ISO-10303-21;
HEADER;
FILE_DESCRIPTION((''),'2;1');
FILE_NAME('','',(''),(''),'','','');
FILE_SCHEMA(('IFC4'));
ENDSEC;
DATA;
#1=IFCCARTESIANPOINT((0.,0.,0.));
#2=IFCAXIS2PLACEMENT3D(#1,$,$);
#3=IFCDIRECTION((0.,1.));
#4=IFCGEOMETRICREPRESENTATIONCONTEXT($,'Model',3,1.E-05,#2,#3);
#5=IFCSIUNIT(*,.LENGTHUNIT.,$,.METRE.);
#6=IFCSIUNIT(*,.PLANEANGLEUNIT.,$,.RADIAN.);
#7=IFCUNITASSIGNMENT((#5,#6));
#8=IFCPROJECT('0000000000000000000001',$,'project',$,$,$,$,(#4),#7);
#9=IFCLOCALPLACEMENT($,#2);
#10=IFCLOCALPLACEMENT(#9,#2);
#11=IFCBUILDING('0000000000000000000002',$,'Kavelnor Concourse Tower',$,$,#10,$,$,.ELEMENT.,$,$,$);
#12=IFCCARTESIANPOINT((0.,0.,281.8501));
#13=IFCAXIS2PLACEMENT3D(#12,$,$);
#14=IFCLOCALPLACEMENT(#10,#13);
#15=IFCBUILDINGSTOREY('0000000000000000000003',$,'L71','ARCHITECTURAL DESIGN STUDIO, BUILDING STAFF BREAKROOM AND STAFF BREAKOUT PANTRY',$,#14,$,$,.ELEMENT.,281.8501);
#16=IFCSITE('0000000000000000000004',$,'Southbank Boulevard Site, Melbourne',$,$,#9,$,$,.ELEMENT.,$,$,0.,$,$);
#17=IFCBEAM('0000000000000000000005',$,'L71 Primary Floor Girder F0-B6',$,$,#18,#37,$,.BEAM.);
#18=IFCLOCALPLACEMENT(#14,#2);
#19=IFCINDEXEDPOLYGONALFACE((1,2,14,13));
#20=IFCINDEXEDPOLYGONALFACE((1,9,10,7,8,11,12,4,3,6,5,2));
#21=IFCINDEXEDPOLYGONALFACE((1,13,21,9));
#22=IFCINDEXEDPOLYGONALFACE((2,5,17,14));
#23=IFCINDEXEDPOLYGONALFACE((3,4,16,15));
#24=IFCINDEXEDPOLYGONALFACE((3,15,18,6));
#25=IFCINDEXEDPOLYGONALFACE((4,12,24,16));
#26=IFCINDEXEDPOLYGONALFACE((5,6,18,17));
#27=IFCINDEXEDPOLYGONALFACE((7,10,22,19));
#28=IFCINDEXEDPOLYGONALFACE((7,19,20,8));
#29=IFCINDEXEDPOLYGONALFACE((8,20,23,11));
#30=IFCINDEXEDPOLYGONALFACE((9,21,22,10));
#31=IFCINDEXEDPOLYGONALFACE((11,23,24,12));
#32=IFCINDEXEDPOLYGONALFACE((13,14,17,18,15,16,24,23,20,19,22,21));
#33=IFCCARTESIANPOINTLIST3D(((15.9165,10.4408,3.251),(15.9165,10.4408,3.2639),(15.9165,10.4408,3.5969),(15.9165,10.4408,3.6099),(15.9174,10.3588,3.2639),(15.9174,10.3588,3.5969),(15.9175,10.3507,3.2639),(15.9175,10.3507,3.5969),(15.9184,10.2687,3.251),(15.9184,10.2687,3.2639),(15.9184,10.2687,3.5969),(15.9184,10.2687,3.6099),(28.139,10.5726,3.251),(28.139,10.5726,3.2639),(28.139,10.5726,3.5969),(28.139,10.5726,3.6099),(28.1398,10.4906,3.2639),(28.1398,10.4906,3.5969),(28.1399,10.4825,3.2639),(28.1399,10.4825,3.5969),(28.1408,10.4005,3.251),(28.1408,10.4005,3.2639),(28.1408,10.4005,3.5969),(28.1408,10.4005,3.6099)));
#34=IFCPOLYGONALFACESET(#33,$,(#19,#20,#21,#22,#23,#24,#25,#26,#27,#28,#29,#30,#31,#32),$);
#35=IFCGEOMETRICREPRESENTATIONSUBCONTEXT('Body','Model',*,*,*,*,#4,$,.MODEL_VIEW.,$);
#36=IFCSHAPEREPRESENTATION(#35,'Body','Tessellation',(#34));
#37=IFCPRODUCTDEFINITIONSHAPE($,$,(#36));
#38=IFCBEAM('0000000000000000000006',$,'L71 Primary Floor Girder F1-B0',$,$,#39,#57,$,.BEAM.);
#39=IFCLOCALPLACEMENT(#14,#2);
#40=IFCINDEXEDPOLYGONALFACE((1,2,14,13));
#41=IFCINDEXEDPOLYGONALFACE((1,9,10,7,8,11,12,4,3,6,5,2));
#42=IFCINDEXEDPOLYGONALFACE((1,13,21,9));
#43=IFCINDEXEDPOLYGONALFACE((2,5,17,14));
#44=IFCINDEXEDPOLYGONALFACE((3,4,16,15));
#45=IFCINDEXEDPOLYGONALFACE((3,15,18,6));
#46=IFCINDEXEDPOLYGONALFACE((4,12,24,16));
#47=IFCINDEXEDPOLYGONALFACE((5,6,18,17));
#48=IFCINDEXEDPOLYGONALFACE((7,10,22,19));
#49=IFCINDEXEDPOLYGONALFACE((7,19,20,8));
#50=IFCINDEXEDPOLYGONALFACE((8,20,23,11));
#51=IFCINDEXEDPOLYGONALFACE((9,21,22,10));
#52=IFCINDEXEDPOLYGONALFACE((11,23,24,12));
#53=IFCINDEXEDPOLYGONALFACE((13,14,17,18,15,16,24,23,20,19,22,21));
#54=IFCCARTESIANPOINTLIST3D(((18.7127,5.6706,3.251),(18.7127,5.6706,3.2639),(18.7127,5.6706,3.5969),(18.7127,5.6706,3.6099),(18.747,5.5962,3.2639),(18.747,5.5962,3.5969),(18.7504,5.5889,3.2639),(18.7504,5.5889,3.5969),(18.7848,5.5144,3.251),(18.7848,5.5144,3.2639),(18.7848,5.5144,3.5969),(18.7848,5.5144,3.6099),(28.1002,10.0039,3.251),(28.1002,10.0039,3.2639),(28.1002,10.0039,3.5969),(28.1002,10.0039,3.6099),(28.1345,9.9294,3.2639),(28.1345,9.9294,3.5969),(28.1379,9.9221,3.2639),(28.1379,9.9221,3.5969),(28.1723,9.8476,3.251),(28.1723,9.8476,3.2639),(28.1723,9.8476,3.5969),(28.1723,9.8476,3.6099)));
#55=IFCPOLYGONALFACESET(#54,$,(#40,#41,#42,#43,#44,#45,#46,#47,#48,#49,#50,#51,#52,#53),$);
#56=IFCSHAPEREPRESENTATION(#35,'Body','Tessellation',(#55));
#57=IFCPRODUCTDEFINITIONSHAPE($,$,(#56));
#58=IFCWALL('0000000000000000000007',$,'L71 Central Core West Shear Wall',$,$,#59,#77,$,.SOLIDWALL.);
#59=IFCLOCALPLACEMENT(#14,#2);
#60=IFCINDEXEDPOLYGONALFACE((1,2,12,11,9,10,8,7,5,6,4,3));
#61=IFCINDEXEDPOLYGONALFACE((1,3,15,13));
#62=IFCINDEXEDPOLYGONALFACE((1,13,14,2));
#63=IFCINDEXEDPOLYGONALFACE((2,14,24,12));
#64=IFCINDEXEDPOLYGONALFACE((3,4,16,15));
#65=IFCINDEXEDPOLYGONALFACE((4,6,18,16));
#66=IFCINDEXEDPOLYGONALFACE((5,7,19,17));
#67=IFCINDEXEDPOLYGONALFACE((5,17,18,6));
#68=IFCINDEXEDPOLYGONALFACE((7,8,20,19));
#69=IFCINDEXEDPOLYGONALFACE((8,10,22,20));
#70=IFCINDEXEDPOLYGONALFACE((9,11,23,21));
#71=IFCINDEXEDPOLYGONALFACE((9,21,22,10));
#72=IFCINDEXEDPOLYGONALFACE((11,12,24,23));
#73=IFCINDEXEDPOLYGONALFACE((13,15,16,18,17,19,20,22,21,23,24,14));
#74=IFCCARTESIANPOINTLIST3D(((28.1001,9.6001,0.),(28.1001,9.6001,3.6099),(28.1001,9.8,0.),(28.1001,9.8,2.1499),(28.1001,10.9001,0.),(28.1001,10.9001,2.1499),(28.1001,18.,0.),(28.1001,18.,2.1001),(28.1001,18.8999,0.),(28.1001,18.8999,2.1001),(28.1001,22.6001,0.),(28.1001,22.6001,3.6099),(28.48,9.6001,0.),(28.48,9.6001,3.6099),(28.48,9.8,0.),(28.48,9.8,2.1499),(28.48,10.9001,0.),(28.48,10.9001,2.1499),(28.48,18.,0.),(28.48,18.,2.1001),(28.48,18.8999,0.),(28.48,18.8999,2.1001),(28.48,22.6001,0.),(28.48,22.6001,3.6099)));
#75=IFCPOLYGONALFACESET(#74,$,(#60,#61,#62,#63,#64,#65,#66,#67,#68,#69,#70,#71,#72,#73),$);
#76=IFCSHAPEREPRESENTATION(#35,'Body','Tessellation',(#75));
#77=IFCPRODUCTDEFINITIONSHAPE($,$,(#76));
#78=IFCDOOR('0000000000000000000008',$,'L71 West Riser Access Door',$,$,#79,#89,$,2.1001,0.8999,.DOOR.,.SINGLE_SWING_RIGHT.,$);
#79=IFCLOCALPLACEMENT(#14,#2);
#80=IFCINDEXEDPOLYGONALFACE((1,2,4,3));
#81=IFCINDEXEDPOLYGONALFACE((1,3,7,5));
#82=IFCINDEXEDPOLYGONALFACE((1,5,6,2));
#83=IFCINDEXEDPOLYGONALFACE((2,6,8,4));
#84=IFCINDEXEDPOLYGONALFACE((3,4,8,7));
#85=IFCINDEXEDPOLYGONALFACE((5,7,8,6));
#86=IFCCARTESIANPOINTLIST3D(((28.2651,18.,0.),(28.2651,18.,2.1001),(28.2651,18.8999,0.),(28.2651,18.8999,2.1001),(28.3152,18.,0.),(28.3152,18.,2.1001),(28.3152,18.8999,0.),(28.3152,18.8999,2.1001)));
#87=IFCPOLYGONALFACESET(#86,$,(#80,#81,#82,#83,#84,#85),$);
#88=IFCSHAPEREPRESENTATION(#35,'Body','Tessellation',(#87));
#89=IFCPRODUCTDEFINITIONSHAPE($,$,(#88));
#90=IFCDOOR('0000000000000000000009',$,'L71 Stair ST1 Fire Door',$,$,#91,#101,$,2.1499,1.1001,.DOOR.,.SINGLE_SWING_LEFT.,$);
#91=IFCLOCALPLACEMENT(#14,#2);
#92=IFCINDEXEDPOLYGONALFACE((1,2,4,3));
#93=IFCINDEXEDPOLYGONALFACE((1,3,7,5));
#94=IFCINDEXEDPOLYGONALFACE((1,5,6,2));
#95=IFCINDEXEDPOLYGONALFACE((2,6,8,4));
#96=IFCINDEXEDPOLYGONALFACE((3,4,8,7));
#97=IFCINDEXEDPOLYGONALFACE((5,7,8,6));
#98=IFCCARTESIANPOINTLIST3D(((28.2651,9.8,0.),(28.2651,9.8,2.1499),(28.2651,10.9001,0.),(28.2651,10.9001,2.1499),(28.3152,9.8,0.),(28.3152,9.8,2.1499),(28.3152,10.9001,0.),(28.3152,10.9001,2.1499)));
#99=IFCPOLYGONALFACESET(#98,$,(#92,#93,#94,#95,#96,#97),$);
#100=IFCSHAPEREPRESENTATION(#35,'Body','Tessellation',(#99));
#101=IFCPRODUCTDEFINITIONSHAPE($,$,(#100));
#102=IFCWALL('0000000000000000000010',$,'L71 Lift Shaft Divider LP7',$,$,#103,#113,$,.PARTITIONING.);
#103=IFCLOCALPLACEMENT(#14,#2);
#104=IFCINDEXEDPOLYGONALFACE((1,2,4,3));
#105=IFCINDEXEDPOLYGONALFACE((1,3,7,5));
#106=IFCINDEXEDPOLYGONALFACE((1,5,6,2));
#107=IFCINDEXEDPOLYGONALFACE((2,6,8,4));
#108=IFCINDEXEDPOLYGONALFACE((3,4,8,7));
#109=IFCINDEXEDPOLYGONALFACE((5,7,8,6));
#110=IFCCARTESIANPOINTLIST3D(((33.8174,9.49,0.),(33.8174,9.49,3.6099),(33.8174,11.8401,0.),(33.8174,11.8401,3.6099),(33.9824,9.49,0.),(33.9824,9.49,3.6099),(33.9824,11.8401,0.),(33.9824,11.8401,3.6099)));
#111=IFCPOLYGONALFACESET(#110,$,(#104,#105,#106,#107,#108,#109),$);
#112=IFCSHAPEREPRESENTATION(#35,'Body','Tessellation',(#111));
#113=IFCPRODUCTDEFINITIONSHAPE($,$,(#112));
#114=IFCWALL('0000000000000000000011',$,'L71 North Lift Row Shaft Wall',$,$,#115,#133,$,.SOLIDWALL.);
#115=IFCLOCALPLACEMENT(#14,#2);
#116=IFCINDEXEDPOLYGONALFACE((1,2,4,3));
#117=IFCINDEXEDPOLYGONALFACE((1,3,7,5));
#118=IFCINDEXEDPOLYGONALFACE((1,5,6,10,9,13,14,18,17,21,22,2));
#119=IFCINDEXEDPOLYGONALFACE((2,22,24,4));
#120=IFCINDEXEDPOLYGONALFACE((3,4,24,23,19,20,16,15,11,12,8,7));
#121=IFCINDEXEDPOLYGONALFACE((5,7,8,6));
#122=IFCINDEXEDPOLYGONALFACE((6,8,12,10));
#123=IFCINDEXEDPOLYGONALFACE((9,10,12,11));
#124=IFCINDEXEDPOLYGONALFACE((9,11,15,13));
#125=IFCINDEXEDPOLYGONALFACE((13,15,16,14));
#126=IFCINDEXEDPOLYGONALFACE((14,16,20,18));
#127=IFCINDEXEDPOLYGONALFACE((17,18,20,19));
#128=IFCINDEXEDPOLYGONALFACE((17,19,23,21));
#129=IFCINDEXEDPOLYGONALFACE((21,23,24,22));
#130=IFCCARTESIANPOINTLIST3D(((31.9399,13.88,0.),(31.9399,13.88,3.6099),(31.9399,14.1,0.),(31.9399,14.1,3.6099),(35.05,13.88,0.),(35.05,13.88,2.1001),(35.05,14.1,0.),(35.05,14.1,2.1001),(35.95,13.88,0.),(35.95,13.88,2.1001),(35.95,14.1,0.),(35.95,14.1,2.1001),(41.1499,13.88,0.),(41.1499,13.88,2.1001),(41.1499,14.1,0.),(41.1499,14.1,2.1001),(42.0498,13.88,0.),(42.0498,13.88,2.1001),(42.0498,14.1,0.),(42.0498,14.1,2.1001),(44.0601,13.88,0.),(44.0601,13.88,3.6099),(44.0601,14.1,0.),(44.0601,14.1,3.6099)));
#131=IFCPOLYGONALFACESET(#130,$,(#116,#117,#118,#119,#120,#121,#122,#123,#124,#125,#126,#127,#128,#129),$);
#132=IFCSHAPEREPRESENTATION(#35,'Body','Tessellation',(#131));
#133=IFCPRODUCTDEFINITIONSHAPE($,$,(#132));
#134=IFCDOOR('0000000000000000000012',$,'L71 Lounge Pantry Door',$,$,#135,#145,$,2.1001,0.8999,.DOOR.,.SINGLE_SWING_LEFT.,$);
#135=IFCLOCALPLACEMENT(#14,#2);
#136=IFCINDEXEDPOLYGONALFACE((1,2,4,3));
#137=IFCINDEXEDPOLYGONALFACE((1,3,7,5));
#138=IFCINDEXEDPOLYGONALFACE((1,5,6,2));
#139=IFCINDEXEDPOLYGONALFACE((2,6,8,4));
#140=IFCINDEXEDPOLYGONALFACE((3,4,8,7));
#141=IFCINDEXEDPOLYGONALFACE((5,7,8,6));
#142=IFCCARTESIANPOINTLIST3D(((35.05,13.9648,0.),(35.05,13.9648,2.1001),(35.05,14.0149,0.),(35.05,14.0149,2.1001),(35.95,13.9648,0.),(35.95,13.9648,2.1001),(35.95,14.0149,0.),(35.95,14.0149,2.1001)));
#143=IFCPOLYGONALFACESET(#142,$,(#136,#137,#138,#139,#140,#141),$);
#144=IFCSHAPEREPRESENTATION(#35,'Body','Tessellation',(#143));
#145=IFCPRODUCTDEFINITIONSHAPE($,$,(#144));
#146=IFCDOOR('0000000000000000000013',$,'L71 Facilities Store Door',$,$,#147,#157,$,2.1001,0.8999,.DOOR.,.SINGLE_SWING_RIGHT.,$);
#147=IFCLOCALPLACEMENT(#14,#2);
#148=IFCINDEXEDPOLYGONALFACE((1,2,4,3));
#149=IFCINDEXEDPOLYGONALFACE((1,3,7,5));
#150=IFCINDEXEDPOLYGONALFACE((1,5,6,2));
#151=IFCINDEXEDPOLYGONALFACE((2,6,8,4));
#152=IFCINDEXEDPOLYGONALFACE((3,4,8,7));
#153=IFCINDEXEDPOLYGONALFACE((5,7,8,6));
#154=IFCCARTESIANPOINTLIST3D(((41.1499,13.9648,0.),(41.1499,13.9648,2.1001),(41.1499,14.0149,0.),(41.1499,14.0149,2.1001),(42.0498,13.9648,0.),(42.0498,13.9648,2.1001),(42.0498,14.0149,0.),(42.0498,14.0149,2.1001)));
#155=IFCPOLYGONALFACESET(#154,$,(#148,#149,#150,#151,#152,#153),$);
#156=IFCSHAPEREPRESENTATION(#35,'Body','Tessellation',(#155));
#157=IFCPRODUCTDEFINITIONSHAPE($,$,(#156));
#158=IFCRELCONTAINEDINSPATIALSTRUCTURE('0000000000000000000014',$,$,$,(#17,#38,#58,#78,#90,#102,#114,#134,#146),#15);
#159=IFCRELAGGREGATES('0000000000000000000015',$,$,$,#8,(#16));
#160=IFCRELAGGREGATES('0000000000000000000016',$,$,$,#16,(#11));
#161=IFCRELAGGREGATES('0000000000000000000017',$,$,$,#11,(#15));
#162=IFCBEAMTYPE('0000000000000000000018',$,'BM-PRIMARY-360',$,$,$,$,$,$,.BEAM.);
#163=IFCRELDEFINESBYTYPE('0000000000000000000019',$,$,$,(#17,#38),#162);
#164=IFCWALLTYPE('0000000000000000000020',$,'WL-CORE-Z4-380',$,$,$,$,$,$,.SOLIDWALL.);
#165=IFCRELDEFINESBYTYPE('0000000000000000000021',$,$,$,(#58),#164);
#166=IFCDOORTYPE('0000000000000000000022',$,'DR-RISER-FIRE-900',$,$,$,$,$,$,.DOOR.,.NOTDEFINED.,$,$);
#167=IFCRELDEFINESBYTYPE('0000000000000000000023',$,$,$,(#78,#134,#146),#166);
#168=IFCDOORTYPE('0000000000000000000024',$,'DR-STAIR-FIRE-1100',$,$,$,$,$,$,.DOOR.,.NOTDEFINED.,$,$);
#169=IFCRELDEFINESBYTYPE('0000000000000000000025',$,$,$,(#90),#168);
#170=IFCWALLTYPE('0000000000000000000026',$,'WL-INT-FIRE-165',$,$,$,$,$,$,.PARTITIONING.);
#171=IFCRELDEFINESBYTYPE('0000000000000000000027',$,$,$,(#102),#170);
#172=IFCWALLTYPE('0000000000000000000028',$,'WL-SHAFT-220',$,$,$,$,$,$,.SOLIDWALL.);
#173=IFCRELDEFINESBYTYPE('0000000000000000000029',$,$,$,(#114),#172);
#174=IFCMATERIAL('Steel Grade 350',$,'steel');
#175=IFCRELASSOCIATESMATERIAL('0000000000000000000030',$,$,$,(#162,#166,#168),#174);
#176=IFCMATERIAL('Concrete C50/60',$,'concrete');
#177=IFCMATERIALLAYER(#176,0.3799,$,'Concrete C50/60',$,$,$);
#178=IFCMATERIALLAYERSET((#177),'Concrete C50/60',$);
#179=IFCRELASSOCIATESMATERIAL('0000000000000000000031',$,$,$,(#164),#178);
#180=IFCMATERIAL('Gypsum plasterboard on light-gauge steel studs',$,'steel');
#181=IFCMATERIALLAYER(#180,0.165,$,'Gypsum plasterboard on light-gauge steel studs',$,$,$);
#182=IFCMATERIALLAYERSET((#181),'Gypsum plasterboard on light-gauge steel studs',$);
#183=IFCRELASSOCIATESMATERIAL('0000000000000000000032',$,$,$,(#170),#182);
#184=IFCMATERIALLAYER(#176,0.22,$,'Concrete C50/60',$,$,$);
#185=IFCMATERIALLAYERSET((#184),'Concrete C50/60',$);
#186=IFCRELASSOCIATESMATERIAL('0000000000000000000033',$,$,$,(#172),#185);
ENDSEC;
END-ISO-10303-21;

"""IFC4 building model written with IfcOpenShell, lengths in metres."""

from ifc_helpers import new_model, si_unit, direction, frame, frame_2d, origin, origin_2d, place, context, subcontext, project, spatial, rectangle, i_section, extrude, material, layer, layer_set, material_profile, profile_set, type_object, element, fill, save


model = new_model("IFC4")

# Units and contexts
model_context = context("Model", 3, precision=1e-05, world=origin(), true_north=direction((0.0, 1.0)))
body_context = subcontext(model_context, "Body", "Model", "MODEL_VIEW")
ifc_project = project(units=[si_unit("LENGTHUNIT", "METRE"), si_unit("PLANEANGLEUNIT", "RADIAN")], contexts=[model_context])

# Site, building, storey
site_placement = place(None, origin())
site = spatial("IfcSite", under=ifc_project, at=site_placement, Name="Southbank Boulevard Site, Melbourne", CompositionType="ELEMENT", RefElevation=0.0)
building_placement = place(site_placement, origin())
building = spatial("IfcBuilding", under=site, at=building_placement, Name="Kavelnor Concourse Tower", CompositionType="ELEMENT")
storey_placement = place(building_placement, frame((0.0, 0.0, 281.8501)))
storey = spatial("IfcBuildingStorey", under=building, at=storey_placement, Name="L71", Description="ARCHITECTURAL DESIGN STUDIO, BUILDING STAFF BREAKROOM AND STAFF BREAKOUT PANTRY", CompositionType="ELEMENT", Elevation=281.8501)

# Beams
ifc_material_1 = material(Name="Steel Grade 350", Category="steel")
ifc_material_profile = material_profile(ifc_material_1, i_section(OverallWidth=0.1721, OverallDepth=0.3589, WebThickness=0.0081, FlangeThickness=0.0129, at=origin_2d()), Name="360UB56")
ifc_profile_set = profile_set([ifc_material_profile], Name="Steel Grade 350")
beam_type = type_object("IfcBeamType", Name="BM-PRIMARY-360", PredefinedType="BEAM", material=ifc_profile_set)
beam_1_placement = place(storey_placement, frame((28.1399, 10.4866, 3.4304), z_axis=(-0.999942, -0.010786, 0.0), x_axis=(0.010786, -0.999942, 0.0)))
element("IfcBeam", 1, at=beam_1_placement, inside=storey, type_object=beam_type, Name="L71 Primary Floor Girder F0-B6", PredefinedType="BEAM", context=body_context, shape_type="SweptSolid", body=[
    extrude(i_section(OverallWidth=0.1721, OverallDepth=0.3589, WebThickness=0.0081, FlangeThickness=0.0129, at=origin_2d()), origin(), (0.0, 0.0, 1.0), 12.2231),
])
beam_2_placement = place(storey_placement, frame((28.1362, 9.9258, 3.4304), z_axis=(-0.907938, -0.419105, 0.0), x_axis=(0.419105, -0.907938, 0.0)))
element("IfcBeam", 2, at=beam_2_placement, inside=storey, type_object=beam_type, Name="L71 Primary Floor Girder F1-B0", PredefinedType="BEAM", context=body_context, shape_type="SweptSolid", body=[
    extrude(i_section(OverallWidth=0.1721, OverallDepth=0.3589, WebThickness=0.0081, FlangeThickness=0.0129, at=origin_2d()), origin(), (0.0, 0.0, 1.0), 10.3394),
])

# Wall, openings, doors
ifc_material_2 = material(Name="Concrete C50/60", Category="concrete")
ifc_layer_1 = layer(ifc_material_2, 0.3799, Name="Concrete C50/60")
ifc_layer_set_1 = layer_set([ifc_layer_1], Name="Concrete C50/60")
wall_type_1 = type_object("IfcWallType", Name="WL-CORE-Z4-380", PredefinedType="SOLIDWALL", material=ifc_layer_set_1)
wall_1_placement = place(storey_placement, frame((28.29, 9.6001, 0.0), z_axis=(0.0, 0.0, 1.0), x_axis=(0.0, 1.0, 0.0)))
wall_1 = element("IfcWall", 3, at=wall_1_placement, inside=storey, type_object=wall_type_1, Name="L71 Central Core West Shear Wall", PredefinedType="SOLIDWALL", context=body_context, shape_type="SweptSolid", body=[
    extrude(rectangle(XDim=13.0, YDim=0.3799, at=frame_2d((6.5, 0.0))), origin(), (0.0, 0.0, 1.0), 3.6099),
])
opening_1_placement = place(wall_1_placement, frame((0.2, 0.0, 0.0)))
opening_1 = element("IfcOpeningElement", 4, at=opening_1_placement, cuts=wall_1, PredefinedType="OPENING", context=body_context, shape_type="SweptSolid", body=[
    extrude(rectangle(XDim=1.1001, YDim=2.1499, at=frame_2d((0.55, 1.075))), frame((0.0, 0.2, 0.0), z_axis=(0.0, -1.0, 0.0), x_axis=(1.0, 0.0, 0.0)), (0.0, 0.0, 1.0), 0.3999),
])
opening_2_placement = place(wall_1_placement, frame((8.3999, 0.0, 0.0)))
opening_2 = element("IfcOpeningElement", 5, at=opening_2_placement, cuts=wall_1, PredefinedType="OPENING", context=body_context, shape_type="SweptSolid", body=[
    extrude(rectangle(XDim=0.8999, YDim=2.1001, at=frame_2d((0.45, 1.05))), frame((0.0, 0.2, 0.0), z_axis=(0.0, -1.0, 0.0), x_axis=(1.0, 0.0, 0.0)), (0.0, 0.0, 1.0), 0.3999),
])
door_type_1 = type_object("IfcDoorType", Name="DR-RISER-FIRE-900", OperationType="NOTDEFINED", PredefinedType="DOOR", material=ifc_material_1)
door_1_placement = place(opening_2_placement, origin())
door_1 = element("IfcDoor", 6, at=door_1_placement, inside=storey, type_object=door_type_1, Name="L71 West Riser Access Door", OperationType="SINGLE_SWING_RIGHT", OverallHeight=2.1001, OverallWidth=0.8999, PredefinedType="DOOR", context=body_context, shape_type="SweptSolid", body=[
    extrude(rectangle(XDim=0.8999, YDim=2.1001, at=frame_2d((0.45, 1.05))), frame((0.0, 0.0249, 0.0), z_axis=(0.0, -1.0, 0.0), x_axis=(1.0, 0.0, 0.0)), (0.0, 0.0, 1.0), 0.05),
])
fill(opening_2, door_1)
door_type_2 = type_object("IfcDoorType", Name="DR-STAIR-FIRE-1100", OperationType="NOTDEFINED", PredefinedType="DOOR", material=ifc_material_1)
door_2_placement = place(opening_1_placement, origin())
door_2 = element("IfcDoor", 7, at=door_2_placement, inside=storey, type_object=door_type_2, Name="L71 Stair ST1 Fire Door", OperationType="SINGLE_SWING_LEFT", OverallHeight=2.1499, OverallWidth=1.1001, PredefinedType="DOOR", context=body_context, shape_type="SweptSolid", body=[
    extrude(rectangle(XDim=1.1001, YDim=2.1499, at=frame_2d((0.55, 1.075))), frame((0.0, 0.0249, 0.0), z_axis=(0.0, -1.0, 0.0), x_axis=(1.0, 0.0, 0.0)), (0.0, 0.0, 1.0), 0.05),
])
fill(opening_1, door_2)

# Wall
ifc_material_3 = material(Name="Gypsum plasterboard on light-gauge steel studs", Category="steel")
ifc_layer_2 = layer(ifc_material_3, 0.165, Name="Gypsum plasterboard on light-gauge steel studs")
ifc_layer_set_2 = layer_set([ifc_layer_2], Name="Gypsum plasterboard on light-gauge steel studs")
wall_type_2 = type_object("IfcWallType", Name="WL-INT-FIRE-165", PredefinedType="PARTITIONING", material=ifc_layer_set_2)
wall_2_placement = place(storey_placement, frame((33.8999, 9.49, 0.0), z_axis=(0.0, 0.0, 1.0), x_axis=(0.0, 1.0, 0.0)))
element("IfcWall", 8, at=wall_2_placement, inside=storey, type_object=wall_type_2, Name="L71 Lift Shaft Divider LP7", PredefinedType="PARTITIONING", context=body_context, shape_type="SweptSolid", body=[
    extrude(rectangle(XDim=2.3501, YDim=0.165, at=frame_2d((1.175, 0.0))), origin(), (0.0, 0.0, 1.0), 3.6099),
])

# Wall, openings, doors
ifc_layer_3 = layer(ifc_material_2, 0.22, Name="Concrete C50/60")
ifc_layer_set_3 = layer_set([ifc_layer_3], Name="Concrete C50/60")
wall_type_3 = type_object("IfcWallType", Name="WL-SHAFT-220", PredefinedType="SOLIDWALL", material=ifc_layer_set_3)
wall_3_placement = place(storey_placement, frame((31.9399, 13.99, 0.0), z_axis=(0.0, 0.0, 1.0), x_axis=(1.0, 0.0, 0.0)))
wall_3 = element("IfcWall", 9, at=wall_3_placement, inside=storey, type_object=wall_type_3, Name="L71 North Lift Row Shaft Wall", PredefinedType="SOLIDWALL", context=body_context, shape_type="SweptSolid", body=[
    extrude(rectangle(XDim=12.1201, YDim=0.22, at=frame_2d((6.0601, 0.0))), origin(), (0.0, 0.0, 1.0), 3.6099),
])
opening_3_placement = place(wall_3_placement, frame((3.1101, 0.0, 0.0)))
opening_3 = element("IfcOpeningElement", 10, at=opening_3_placement, cuts=wall_3, PredefinedType="OPENING", context=body_context, shape_type="SweptSolid", body=[
    extrude(rectangle(XDim=0.8999, YDim=2.1001, at=frame_2d((0.45, 1.05))), frame((0.0, 0.1201, 0.0), z_axis=(0.0, -1.0, 0.0), x_axis=(1.0, 0.0, 0.0)), (0.0, 0.0, 1.0), 0.24),
])
opening_4_placement = place(wall_3_placement, frame((9.21, 0.0, 0.0)))
opening_4 = element("IfcOpeningElement", 11, at=opening_4_placement, cuts=wall_3, PredefinedType="OPENING", context=body_context, shape_type="SweptSolid", body=[
    extrude(rectangle(XDim=0.8999, YDim=2.1001, at=frame_2d((0.45, 1.05))), frame((0.0, 0.1201, 0.0), z_axis=(0.0, -1.0, 0.0), x_axis=(1.0, 0.0, 0.0)), (0.0, 0.0, 1.0), 0.24),
])
door_3_placement = place(opening_3_placement, origin())
door_3 = element("IfcDoor", 12, at=door_3_placement, inside=storey, type_object=door_type_1, Name="L71 Lounge Pantry Door", OperationType="SINGLE_SWING_LEFT", OverallHeight=2.1001, OverallWidth=0.8999, PredefinedType="DOOR", context=body_context, shape_type="SweptSolid", body=[
    extrude(rectangle(XDim=0.8999, YDim=2.1001, at=frame_2d((0.45, 1.05))), frame((0.0, 0.0249, 0.0), z_axis=(0.0, -1.0, 0.0), x_axis=(1.0, 0.0, 0.0)), (0.0, 0.0, 1.0), 0.05),
])
fill(opening_3, door_3)
door_4_placement = place(opening_4_placement, origin())
door_4 = element("IfcDoor", 13, at=door_4_placement, inside=storey, type_object=door_type_1, Name="L71 Facilities Store Door", OperationType="SINGLE_SWING_RIGHT", OverallHeight=2.1001, OverallWidth=0.8999, PredefinedType="DOOR", context=body_context, shape_type="SweptSolid", body=[
    extrude(rectangle(XDim=0.8999, YDim=2.1001, at=frame_2d((0.45, 1.05))), frame((0.0, 0.0249, 0.0), z_axis=(0.0, -1.0, 0.0), x_axis=(1.0, 0.0, 0.0)), (0.0, 0.0, 1.0), 0.05),
])
fill(opening_4, door_4)

save(model, "model.ifc")
